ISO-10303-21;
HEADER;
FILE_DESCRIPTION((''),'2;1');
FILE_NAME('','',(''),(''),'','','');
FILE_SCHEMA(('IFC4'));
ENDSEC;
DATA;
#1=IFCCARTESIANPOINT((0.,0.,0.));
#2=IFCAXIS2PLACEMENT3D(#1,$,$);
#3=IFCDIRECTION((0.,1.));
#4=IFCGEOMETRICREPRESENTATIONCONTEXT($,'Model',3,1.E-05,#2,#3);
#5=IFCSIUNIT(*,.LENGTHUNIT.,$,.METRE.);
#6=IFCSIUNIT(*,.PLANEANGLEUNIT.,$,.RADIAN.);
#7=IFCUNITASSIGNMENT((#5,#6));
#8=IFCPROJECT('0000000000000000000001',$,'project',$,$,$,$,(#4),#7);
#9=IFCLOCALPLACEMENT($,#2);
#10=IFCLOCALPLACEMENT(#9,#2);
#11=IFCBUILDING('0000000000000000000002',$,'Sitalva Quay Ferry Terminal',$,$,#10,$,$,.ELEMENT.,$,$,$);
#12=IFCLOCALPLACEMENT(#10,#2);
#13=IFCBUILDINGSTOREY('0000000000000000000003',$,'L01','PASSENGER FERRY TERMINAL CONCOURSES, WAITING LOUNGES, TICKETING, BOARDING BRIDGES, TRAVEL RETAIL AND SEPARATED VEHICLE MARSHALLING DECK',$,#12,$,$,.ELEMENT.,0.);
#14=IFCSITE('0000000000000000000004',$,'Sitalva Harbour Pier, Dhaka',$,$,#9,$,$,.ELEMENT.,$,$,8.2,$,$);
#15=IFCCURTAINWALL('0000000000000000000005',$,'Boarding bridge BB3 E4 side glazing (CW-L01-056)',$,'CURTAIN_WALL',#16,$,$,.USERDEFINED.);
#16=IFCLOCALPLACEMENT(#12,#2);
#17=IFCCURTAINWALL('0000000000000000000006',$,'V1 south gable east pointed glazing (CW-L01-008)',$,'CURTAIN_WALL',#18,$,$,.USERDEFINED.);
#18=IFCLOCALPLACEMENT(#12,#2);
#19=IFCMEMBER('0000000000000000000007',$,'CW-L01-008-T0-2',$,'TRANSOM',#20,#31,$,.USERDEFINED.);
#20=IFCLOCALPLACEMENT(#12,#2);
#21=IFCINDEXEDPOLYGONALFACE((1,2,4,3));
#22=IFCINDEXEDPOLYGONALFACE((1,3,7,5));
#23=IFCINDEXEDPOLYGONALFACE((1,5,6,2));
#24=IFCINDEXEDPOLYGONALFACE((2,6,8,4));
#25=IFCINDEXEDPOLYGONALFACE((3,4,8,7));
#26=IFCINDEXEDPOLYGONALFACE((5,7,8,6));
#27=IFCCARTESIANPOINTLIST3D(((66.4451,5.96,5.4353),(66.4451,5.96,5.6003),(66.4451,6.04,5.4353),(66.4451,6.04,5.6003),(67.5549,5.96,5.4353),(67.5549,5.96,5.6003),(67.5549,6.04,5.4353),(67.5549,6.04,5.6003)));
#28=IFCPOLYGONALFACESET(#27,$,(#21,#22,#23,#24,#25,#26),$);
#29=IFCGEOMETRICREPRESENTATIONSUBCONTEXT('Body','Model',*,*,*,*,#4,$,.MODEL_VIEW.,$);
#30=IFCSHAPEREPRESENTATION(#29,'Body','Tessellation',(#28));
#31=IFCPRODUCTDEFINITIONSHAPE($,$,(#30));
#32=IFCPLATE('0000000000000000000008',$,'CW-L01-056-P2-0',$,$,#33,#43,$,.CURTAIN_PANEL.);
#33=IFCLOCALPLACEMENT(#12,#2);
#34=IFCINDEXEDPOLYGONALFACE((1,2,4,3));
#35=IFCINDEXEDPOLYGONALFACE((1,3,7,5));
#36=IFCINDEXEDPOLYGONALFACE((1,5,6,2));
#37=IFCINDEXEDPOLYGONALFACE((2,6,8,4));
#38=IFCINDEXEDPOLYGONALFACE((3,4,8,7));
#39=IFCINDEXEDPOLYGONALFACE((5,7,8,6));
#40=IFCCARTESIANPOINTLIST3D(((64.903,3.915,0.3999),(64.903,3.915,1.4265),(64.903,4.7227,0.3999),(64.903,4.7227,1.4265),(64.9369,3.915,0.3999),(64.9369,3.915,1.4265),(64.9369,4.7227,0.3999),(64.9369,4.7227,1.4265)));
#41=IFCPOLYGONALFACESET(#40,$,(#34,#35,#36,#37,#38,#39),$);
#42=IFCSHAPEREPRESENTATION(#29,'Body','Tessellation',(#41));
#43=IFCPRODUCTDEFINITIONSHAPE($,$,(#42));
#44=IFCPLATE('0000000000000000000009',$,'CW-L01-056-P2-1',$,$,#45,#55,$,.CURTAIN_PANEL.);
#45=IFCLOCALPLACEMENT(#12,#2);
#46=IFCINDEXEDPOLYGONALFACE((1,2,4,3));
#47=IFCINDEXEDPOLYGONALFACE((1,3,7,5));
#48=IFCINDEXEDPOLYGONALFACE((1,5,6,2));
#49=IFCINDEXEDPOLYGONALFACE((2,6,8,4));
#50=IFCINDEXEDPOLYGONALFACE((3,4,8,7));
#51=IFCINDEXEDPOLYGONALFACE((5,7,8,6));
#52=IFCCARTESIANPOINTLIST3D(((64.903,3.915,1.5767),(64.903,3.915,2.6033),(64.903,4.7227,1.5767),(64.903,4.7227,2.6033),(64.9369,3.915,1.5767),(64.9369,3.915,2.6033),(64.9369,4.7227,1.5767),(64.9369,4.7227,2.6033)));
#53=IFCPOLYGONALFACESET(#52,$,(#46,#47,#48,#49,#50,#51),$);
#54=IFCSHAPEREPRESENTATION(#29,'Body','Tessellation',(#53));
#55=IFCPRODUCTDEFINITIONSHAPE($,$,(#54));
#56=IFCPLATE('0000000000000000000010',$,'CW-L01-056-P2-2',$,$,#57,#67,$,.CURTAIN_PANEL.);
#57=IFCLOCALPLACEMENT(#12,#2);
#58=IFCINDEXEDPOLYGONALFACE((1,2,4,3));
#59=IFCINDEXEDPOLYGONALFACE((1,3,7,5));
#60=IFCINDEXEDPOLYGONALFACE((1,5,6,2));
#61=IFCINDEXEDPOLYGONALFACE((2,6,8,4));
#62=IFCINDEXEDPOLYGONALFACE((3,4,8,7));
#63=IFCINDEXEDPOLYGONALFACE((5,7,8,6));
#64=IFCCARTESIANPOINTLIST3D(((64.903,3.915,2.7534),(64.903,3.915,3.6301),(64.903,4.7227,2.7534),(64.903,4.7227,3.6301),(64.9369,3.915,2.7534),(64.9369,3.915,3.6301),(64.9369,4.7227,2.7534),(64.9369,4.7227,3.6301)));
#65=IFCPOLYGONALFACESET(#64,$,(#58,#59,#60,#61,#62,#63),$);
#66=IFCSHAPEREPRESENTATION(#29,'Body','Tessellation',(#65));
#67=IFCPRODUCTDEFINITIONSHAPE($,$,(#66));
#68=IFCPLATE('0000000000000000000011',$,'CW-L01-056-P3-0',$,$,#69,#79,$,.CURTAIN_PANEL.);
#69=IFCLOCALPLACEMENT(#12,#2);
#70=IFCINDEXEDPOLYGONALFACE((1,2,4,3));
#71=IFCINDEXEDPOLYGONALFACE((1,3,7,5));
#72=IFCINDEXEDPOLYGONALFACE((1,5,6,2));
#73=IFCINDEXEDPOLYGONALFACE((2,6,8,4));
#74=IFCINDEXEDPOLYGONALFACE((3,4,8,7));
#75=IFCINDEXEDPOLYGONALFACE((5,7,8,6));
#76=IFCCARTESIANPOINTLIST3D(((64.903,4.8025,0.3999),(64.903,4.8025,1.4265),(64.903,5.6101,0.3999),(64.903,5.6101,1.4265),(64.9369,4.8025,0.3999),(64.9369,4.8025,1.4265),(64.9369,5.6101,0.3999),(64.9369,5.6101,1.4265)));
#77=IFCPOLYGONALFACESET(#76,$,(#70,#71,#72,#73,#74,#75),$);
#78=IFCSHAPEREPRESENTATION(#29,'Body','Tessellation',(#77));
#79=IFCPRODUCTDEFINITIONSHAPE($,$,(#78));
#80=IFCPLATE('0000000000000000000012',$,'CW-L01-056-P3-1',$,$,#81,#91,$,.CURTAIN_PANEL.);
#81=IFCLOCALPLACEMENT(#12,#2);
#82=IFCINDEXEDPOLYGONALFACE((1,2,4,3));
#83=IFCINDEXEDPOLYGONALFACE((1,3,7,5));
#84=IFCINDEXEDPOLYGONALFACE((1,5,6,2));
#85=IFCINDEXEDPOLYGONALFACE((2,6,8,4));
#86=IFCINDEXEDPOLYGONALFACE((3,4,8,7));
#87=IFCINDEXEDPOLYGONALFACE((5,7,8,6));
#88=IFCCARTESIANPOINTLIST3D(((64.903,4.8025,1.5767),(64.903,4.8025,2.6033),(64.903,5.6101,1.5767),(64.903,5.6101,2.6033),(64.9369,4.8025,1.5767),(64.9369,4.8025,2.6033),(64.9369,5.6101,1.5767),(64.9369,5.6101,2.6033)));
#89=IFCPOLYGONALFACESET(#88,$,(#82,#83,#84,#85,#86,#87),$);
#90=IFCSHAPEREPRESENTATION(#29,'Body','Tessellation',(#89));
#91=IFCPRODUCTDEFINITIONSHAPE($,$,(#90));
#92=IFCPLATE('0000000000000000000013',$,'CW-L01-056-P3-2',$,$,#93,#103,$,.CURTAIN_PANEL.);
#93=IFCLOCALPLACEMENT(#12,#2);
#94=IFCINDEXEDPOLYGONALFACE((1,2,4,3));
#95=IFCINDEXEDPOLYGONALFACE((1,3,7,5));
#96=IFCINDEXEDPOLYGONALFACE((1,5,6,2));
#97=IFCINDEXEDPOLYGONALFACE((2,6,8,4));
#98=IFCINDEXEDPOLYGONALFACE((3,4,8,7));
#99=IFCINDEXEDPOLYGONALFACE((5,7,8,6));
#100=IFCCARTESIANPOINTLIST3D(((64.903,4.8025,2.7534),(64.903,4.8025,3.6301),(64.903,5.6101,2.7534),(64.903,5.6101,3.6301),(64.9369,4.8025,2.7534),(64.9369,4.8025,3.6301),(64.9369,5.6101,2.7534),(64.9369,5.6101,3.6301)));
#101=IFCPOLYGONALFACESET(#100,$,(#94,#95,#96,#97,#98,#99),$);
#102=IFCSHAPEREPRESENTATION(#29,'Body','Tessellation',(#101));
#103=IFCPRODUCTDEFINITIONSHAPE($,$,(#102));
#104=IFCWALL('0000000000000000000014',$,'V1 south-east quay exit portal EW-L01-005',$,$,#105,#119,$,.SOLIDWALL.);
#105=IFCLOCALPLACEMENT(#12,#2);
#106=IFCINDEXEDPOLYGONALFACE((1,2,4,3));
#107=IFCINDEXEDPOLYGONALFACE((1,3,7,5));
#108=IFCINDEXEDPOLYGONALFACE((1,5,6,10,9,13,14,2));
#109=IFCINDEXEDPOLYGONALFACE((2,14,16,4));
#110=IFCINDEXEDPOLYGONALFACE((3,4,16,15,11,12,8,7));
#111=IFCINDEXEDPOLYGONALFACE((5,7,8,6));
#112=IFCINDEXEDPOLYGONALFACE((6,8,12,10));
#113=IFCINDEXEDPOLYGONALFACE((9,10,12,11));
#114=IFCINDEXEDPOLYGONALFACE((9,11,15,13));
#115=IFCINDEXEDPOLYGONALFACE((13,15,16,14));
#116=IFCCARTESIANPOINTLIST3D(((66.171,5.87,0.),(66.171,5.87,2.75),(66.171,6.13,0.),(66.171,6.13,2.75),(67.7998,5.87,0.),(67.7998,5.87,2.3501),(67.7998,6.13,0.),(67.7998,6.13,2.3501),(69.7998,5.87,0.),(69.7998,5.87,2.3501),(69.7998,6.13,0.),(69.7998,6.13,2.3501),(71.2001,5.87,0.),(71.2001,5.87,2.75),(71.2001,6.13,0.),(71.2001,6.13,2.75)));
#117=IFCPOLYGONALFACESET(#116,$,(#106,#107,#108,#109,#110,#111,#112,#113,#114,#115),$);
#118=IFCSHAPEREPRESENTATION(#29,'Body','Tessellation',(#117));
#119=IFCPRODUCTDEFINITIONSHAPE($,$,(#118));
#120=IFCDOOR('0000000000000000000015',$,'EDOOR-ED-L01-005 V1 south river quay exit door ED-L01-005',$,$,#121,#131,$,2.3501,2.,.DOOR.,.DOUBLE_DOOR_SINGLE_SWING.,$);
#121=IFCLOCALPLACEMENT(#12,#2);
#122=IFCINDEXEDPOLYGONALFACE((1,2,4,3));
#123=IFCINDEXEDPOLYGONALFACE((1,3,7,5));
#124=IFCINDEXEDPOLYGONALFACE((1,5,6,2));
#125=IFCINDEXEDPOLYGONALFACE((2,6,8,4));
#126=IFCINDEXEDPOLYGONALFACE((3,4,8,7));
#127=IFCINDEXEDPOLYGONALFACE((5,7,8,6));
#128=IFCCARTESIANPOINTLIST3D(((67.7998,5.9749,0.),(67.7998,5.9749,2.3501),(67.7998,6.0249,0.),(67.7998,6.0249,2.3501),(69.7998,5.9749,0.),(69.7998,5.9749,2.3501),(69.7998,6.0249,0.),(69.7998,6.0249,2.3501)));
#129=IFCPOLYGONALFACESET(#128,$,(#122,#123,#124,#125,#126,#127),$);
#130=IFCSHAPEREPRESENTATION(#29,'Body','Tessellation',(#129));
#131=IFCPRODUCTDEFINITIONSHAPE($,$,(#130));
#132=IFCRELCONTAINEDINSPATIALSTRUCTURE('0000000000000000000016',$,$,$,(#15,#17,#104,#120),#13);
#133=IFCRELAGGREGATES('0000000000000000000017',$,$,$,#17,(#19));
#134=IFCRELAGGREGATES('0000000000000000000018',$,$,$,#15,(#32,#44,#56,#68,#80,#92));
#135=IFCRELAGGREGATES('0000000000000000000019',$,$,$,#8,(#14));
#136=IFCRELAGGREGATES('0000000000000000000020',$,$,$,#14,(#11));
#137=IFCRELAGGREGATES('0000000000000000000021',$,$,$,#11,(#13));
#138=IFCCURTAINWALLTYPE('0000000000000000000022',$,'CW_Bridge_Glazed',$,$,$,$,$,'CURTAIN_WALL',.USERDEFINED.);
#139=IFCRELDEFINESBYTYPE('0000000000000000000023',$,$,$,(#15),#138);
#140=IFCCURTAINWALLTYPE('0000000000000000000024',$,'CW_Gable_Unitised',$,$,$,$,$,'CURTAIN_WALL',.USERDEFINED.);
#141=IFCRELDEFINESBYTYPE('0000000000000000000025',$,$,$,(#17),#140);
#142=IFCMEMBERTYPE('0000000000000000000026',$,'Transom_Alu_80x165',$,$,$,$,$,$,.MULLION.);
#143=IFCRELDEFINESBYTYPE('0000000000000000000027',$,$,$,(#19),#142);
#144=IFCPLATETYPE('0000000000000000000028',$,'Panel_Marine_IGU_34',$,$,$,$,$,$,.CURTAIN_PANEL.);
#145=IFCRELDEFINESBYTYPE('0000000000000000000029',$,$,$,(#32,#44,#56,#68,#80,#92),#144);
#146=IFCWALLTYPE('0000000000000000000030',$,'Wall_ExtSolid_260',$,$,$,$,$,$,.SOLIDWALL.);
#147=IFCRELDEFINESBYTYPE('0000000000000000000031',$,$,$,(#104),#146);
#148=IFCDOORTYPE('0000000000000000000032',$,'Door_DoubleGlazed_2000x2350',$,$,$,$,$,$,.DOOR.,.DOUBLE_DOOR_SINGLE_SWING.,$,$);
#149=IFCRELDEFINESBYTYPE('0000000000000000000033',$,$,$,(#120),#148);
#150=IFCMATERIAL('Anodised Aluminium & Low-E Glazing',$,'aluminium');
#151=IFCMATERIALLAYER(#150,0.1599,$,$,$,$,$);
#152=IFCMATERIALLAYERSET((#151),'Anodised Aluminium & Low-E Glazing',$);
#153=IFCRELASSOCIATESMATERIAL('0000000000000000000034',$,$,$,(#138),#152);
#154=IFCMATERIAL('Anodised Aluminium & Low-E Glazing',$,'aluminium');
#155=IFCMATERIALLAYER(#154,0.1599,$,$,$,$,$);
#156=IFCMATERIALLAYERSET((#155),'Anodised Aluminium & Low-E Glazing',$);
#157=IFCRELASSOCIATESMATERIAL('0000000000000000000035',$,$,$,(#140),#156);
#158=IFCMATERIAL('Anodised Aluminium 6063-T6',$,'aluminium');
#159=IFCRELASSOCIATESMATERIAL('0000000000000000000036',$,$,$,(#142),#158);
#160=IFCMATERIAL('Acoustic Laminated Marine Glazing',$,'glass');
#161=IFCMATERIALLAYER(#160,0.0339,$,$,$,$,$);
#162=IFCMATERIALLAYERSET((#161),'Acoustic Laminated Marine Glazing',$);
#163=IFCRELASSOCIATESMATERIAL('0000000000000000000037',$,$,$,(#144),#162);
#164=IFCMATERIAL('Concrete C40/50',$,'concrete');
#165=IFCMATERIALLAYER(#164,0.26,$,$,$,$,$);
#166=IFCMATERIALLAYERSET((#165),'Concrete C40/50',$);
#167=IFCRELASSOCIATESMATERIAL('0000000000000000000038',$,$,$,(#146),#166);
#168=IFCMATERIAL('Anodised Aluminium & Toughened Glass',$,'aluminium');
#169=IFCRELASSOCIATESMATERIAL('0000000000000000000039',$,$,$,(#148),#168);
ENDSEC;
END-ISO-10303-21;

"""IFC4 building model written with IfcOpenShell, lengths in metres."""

from ifc_helpers import new_model, si_unit, direction, frame, frame_2d, origin, origin_2d, place, context, subcontext, project, spatial, rectangle, extrude, material, layer, layer_set, material_profile, profile_set, type_object, element, fill, aggregate, save


model = new_model("IFC4")

# Units and contexts
model_context = context("Model", 3, precision=1e-05, world=origin(), true_north=direction((0.0, 1.0)))
body_context = subcontext(model_context, "Body", "Model", "MODEL_VIEW")
ifc_project = project(units=[si_unit("LENGTHUNIT", "METRE"), si_unit("PLANEANGLEUNIT", "RADIAN")], contexts=[model_context])

# Site, building, storey
site_placement = place(None, origin())
site = spatial("IfcSite", under=ifc_project, at=site_placement, Name="Sitalva Harbour Pier, Dhaka", CompositionType="ELEMENT", RefElevation=8.2)
building_placement = place(site_placement, origin())
building = spatial("IfcBuilding", under=site, at=building_placement, Name="Sitalva Quay Ferry Terminal", CompositionType="ELEMENT")
storey_placement = place(building_placement, origin())
storey = spatial("IfcBuildingStorey", under=building, at=storey_placement, Name="L01", Description="PASSENGER FERRY TERMINAL CONCOURSES, WAITING LOUNGES, TICKETING, BOARDING BRIDGES, TRAVEL RETAIL AND SEPARATED VEHICLE MARSHALLING DECK", CompositionType="ELEMENT", Elevation=0.0)

# Curtain wall
ifc_material_1 = material(Name="Anodised Aluminium & Low-E Glazing", Category="aluminium")
ifc_layer_1 = layer(ifc_material_1, 0.1599)
ifc_layer_set_1 = layer_set([ifc_layer_1], Name="Anodised Aluminium & Low-E Glazing")
curtain_wall_type_1 = type_object("IfcCurtainWallType", Name="CW_Bridge_Glazed", ElementType="CURTAIN_WALL", PredefinedType="USERDEFINED", material=ifc_layer_set_1)
curtain_wall_1_placement = place(storey_placement, origin())
curtain_wall_1 = element("IfcCurtainWall", 1, at=curtain_wall_1_placement, inside=storey, type_object=curtain_wall_type_1, Name="Boarding bridge BB3 E4 side glazing (CW-L01-056)", ObjectType="CURTAIN_WALL", PredefinedType="USERDEFINED")

# Curtain wall
ifc_material_2 = material(Name="Anodised Aluminium & Low-E Glazing", Category="aluminium")
ifc_layer_2 = layer(ifc_material_2, 0.1599)
ifc_layer_set_2 = layer_set([ifc_layer_2], Name="Anodised Aluminium & Low-E Glazing")
curtain_wall_type_2 = type_object("IfcCurtainWallType", Name="CW_Gable_Unitised", ElementType="CURTAIN_WALL", PredefinedType="USERDEFINED", material=ifc_layer_set_2)
curtain_wall_2_placement = place(storey_placement, origin())
curtain_wall_2 = element("IfcCurtainWall", 2, at=curtain_wall_2_placement, inside=storey, type_object=curtain_wall_type_2, Name="V1 south gable east pointed glazing (CW-L01-008)", ObjectType="CURTAIN_WALL", PredefinedType="USERDEFINED")

# Member
ifc_material_3 = material(Name="Anodised Aluminium 6063-T6", Category="aluminium")
ifc_material_profile_1 = material_profile(ifc_material_3, rectangle(XDim=0.0801, YDim=0.165, at=origin_2d()), Name="ALU80x165")
ifc_profile_set_1 = profile_set([ifc_material_profile_1], Name="Anodised Aluminium 6063-T6")
member_type_1 = type_object("IfcMemberType", Name="Transom_Alu_80x165", PredefinedType="MULLION", material=ifc_profile_set_1)
member_1_placement = place(storey_placement, frame((66.4451, 6.0, 5.5178), z_axis=(1.0, 0.0, 0.0), x_axis=(0.0, 1.0, 0.0)))
member_1 = element("IfcMember", 3, at=member_1_placement, type_object=member_type_1, Name="CW-L01-008-T0-2", ObjectType="TRANSOM", PredefinedType="USERDEFINED", context=body_context, shape_type="SweptSolid", body=[
    extrude(rectangle(XDim=0.0801, YDim=0.165, at=origin_2d()), origin(), (0.0, 0.0, 1.0), 1.1099),
])
aggregate(curtain_wall_2, [member_1])

# Plates
ifc_material_4 = material(Name="Acoustic Laminated Marine Glazing", Category="glass")
ifc_layer_3 = layer(ifc_material_4, 0.0339)
ifc_layer_set_3 = layer_set([ifc_layer_3], Name="Acoustic Laminated Marine Glazing")
plate_type = type_object("IfcPlateType", Name="Panel_Marine_IGU_34", PredefinedType="CURTAIN_PANEL", material=ifc_layer_set_3)
plate_1_placement = place(storey_placement, frame((64.9199, 4.3188, 0.3999), z_axis=(0.0, 0.0, 1.0), x_axis=(0.0, 1.0, 0.0)))
plate_1 = element("IfcPlate", 4, at=plate_1_placement, type_object=plate_type, Name="CW-L01-056-P2-0", PredefinedType="CURTAIN_PANEL", context=body_context, shape_type="SweptSolid", body=[
    extrude(rectangle(XDim=0.8076, YDim=0.0339, at=origin_2d()), origin(), (0.0, 0.0, 1.0), 1.0266),
])
plate_2_placement = place(storey_placement, frame((64.9199, 4.3188, 1.5767), z_axis=(0.0, 0.0, 1.0), x_axis=(0.0, 1.0, 0.0)))
plate_2 = element("IfcPlate", 5, at=plate_2_placement, type_object=plate_type, Name="CW-L01-056-P2-1", PredefinedType="CURTAIN_PANEL", context=body_context, shape_type="SweptSolid", body=[
    extrude(rectangle(XDim=0.8076, YDim=0.0339, at=origin_2d()), origin(), (0.0, 0.0, 1.0), 1.0266),
])
plate_3_placement = place(storey_placement, frame((64.9199, 4.3188, 2.7534), z_axis=(0.0, 0.0, 1.0), x_axis=(0.0, 1.0, 0.0)))
plate_3 = element("IfcPlate", 6, at=plate_3_placement, type_object=plate_type, Name="CW-L01-056-P2-2", PredefinedType="CURTAIN_PANEL", context=body_context, shape_type="SweptSolid", body=[
    extrude(rectangle(XDim=0.8076, YDim=0.0339, at=origin_2d()), origin(), (0.0, 0.0, 1.0), 0.8767),
])
plate_4_placement = place(storey_placement, frame((64.9199, 5.2063, 0.3999), z_axis=(0.0, 0.0, 1.0), x_axis=(0.0, 1.0, 0.0)))
plate_4 = element("IfcPlate", 7, at=plate_4_placement, type_object=plate_type, Name="CW-L01-056-P3-0", PredefinedType="CURTAIN_PANEL", context=body_context, shape_type="SweptSolid", body=[
    extrude(rectangle(XDim=0.8076, YDim=0.0339, at=origin_2d()), origin(), (0.0, 0.0, 1.0), 1.0266),
])
plate_5_placement = place(storey_placement, frame((64.9199, 5.2063, 1.5767), z_axis=(0.0, 0.0, 1.0), x_axis=(0.0, 1.0, 0.0)))
plate_5 = element("IfcPlate", 8, at=plate_5_placement, type_object=plate_type, Name="CW-L01-056-P3-1", PredefinedType="CURTAIN_PANEL", context=body_context, shape_type="SweptSolid", body=[
    extrude(rectangle(XDim=0.8076, YDim=0.0339, at=origin_2d()), origin(), (0.0, 0.0, 1.0), 1.0266),
])
plate_6_placement = place(storey_placement, frame((64.9199, 5.2063, 2.7534), z_axis=(0.0, 0.0, 1.0), x_axis=(0.0, 1.0, 0.0)))
plate_6 = element("IfcPlate", 9, at=plate_6_placement, type_object=plate_type, Name="CW-L01-056-P3-2", PredefinedType="CURTAIN_PANEL", context=body_context, shape_type="SweptSolid", body=[
    extrude(rectangle(XDim=0.8076, YDim=0.0339, at=origin_2d()), origin(), (0.0, 0.0, 1.0), 0.8767),
])
aggregate(curtain_wall_1, [plate_1, plate_2, plate_3, plate_4, plate_5, plate_6])

# Wall, opening, door
ifc_material_5 = material(Name="Concrete C40/50", Category="concrete")
ifc_layer_4 = layer(ifc_material_5, 0.26)
ifc_layer_set_4 = layer_set([ifc_layer_4], Name="Concrete C40/50")
wall_type = type_object("IfcWallType", Name="Wall_ExtSolid_260", PredefinedType="SOLIDWALL", material=ifc_layer_set_4)
wall_placement = place(storey_placement, frame((66.1709, 6.0, 0.0), z_axis=(0.0, 0.0, 1.0), x_axis=(1.0, 0.0, 0.0)))
wall = element("IfcWall", 10, at=wall_placement, inside=storey, type_object=wall_type, Name="V1 south-east quay exit portal EW-L01-005", PredefinedType="SOLIDWALL", context=body_context, shape_type="SweptSolid", body=[
    extrude(rectangle(XDim=5.0291, YDim=0.26, at=frame_2d((2.5146, 0.0))), origin(), (0.0, 0.0, 1.0), 2.75),
])
opening_placement = place(wall_placement, frame((1.6289, 0.0, 0.0)))
opening = element("IfcOpeningElement", 11, at=opening_placement, cuts=wall, PredefinedType="OPENING", context=body_context, shape_type="SweptSolid", body=[
    extrude(rectangle(XDim=2.0, YDim=2.3501, at=frame_2d((1.0, 1.175))), frame((0.0, 0.1399, 0.0), z_axis=(0.0, -1.0, 0.0), x_axis=(1.0, 0.0, 0.0)), (0.0, 0.0, 1.0), 0.28),
])
ifc_material_6 = material(Name="Anodised Aluminium & Toughened Glass", Category="aluminium")
door_type = type_object("IfcDoorType", Name="Door_DoubleGlazed_2000x2350", OperationType="DOUBLE_DOOR_SINGLE_SWING", PredefinedType="DOOR", material=ifc_material_6)
door_placement = place(opening_placement, origin())
door = element("IfcDoor", 12, at=door_placement, inside=storey, type_object=door_type, Name="EDOOR-ED-L01-005 V1 south river quay exit door ED-L01-005", OperationType="DOUBLE_DOOR_SINGLE_SWING", OverallHeight=2.3501, OverallWidth=2.0, PredefinedType="DOOR", context=body_context, shape_type="SweptSolid", body=[
    extrude(rectangle(XDim=2.0, YDim=2.3501, at=frame_2d((1.0, 1.175))), frame((0.0, 0.0249, 0.0), z_axis=(0.0, -1.0, 0.0), x_axis=(1.0, 0.0, 0.0)), (0.0, 0.0, 1.0), 0.05),
])
fill(opening, door)

save(model, "model.ifc")
